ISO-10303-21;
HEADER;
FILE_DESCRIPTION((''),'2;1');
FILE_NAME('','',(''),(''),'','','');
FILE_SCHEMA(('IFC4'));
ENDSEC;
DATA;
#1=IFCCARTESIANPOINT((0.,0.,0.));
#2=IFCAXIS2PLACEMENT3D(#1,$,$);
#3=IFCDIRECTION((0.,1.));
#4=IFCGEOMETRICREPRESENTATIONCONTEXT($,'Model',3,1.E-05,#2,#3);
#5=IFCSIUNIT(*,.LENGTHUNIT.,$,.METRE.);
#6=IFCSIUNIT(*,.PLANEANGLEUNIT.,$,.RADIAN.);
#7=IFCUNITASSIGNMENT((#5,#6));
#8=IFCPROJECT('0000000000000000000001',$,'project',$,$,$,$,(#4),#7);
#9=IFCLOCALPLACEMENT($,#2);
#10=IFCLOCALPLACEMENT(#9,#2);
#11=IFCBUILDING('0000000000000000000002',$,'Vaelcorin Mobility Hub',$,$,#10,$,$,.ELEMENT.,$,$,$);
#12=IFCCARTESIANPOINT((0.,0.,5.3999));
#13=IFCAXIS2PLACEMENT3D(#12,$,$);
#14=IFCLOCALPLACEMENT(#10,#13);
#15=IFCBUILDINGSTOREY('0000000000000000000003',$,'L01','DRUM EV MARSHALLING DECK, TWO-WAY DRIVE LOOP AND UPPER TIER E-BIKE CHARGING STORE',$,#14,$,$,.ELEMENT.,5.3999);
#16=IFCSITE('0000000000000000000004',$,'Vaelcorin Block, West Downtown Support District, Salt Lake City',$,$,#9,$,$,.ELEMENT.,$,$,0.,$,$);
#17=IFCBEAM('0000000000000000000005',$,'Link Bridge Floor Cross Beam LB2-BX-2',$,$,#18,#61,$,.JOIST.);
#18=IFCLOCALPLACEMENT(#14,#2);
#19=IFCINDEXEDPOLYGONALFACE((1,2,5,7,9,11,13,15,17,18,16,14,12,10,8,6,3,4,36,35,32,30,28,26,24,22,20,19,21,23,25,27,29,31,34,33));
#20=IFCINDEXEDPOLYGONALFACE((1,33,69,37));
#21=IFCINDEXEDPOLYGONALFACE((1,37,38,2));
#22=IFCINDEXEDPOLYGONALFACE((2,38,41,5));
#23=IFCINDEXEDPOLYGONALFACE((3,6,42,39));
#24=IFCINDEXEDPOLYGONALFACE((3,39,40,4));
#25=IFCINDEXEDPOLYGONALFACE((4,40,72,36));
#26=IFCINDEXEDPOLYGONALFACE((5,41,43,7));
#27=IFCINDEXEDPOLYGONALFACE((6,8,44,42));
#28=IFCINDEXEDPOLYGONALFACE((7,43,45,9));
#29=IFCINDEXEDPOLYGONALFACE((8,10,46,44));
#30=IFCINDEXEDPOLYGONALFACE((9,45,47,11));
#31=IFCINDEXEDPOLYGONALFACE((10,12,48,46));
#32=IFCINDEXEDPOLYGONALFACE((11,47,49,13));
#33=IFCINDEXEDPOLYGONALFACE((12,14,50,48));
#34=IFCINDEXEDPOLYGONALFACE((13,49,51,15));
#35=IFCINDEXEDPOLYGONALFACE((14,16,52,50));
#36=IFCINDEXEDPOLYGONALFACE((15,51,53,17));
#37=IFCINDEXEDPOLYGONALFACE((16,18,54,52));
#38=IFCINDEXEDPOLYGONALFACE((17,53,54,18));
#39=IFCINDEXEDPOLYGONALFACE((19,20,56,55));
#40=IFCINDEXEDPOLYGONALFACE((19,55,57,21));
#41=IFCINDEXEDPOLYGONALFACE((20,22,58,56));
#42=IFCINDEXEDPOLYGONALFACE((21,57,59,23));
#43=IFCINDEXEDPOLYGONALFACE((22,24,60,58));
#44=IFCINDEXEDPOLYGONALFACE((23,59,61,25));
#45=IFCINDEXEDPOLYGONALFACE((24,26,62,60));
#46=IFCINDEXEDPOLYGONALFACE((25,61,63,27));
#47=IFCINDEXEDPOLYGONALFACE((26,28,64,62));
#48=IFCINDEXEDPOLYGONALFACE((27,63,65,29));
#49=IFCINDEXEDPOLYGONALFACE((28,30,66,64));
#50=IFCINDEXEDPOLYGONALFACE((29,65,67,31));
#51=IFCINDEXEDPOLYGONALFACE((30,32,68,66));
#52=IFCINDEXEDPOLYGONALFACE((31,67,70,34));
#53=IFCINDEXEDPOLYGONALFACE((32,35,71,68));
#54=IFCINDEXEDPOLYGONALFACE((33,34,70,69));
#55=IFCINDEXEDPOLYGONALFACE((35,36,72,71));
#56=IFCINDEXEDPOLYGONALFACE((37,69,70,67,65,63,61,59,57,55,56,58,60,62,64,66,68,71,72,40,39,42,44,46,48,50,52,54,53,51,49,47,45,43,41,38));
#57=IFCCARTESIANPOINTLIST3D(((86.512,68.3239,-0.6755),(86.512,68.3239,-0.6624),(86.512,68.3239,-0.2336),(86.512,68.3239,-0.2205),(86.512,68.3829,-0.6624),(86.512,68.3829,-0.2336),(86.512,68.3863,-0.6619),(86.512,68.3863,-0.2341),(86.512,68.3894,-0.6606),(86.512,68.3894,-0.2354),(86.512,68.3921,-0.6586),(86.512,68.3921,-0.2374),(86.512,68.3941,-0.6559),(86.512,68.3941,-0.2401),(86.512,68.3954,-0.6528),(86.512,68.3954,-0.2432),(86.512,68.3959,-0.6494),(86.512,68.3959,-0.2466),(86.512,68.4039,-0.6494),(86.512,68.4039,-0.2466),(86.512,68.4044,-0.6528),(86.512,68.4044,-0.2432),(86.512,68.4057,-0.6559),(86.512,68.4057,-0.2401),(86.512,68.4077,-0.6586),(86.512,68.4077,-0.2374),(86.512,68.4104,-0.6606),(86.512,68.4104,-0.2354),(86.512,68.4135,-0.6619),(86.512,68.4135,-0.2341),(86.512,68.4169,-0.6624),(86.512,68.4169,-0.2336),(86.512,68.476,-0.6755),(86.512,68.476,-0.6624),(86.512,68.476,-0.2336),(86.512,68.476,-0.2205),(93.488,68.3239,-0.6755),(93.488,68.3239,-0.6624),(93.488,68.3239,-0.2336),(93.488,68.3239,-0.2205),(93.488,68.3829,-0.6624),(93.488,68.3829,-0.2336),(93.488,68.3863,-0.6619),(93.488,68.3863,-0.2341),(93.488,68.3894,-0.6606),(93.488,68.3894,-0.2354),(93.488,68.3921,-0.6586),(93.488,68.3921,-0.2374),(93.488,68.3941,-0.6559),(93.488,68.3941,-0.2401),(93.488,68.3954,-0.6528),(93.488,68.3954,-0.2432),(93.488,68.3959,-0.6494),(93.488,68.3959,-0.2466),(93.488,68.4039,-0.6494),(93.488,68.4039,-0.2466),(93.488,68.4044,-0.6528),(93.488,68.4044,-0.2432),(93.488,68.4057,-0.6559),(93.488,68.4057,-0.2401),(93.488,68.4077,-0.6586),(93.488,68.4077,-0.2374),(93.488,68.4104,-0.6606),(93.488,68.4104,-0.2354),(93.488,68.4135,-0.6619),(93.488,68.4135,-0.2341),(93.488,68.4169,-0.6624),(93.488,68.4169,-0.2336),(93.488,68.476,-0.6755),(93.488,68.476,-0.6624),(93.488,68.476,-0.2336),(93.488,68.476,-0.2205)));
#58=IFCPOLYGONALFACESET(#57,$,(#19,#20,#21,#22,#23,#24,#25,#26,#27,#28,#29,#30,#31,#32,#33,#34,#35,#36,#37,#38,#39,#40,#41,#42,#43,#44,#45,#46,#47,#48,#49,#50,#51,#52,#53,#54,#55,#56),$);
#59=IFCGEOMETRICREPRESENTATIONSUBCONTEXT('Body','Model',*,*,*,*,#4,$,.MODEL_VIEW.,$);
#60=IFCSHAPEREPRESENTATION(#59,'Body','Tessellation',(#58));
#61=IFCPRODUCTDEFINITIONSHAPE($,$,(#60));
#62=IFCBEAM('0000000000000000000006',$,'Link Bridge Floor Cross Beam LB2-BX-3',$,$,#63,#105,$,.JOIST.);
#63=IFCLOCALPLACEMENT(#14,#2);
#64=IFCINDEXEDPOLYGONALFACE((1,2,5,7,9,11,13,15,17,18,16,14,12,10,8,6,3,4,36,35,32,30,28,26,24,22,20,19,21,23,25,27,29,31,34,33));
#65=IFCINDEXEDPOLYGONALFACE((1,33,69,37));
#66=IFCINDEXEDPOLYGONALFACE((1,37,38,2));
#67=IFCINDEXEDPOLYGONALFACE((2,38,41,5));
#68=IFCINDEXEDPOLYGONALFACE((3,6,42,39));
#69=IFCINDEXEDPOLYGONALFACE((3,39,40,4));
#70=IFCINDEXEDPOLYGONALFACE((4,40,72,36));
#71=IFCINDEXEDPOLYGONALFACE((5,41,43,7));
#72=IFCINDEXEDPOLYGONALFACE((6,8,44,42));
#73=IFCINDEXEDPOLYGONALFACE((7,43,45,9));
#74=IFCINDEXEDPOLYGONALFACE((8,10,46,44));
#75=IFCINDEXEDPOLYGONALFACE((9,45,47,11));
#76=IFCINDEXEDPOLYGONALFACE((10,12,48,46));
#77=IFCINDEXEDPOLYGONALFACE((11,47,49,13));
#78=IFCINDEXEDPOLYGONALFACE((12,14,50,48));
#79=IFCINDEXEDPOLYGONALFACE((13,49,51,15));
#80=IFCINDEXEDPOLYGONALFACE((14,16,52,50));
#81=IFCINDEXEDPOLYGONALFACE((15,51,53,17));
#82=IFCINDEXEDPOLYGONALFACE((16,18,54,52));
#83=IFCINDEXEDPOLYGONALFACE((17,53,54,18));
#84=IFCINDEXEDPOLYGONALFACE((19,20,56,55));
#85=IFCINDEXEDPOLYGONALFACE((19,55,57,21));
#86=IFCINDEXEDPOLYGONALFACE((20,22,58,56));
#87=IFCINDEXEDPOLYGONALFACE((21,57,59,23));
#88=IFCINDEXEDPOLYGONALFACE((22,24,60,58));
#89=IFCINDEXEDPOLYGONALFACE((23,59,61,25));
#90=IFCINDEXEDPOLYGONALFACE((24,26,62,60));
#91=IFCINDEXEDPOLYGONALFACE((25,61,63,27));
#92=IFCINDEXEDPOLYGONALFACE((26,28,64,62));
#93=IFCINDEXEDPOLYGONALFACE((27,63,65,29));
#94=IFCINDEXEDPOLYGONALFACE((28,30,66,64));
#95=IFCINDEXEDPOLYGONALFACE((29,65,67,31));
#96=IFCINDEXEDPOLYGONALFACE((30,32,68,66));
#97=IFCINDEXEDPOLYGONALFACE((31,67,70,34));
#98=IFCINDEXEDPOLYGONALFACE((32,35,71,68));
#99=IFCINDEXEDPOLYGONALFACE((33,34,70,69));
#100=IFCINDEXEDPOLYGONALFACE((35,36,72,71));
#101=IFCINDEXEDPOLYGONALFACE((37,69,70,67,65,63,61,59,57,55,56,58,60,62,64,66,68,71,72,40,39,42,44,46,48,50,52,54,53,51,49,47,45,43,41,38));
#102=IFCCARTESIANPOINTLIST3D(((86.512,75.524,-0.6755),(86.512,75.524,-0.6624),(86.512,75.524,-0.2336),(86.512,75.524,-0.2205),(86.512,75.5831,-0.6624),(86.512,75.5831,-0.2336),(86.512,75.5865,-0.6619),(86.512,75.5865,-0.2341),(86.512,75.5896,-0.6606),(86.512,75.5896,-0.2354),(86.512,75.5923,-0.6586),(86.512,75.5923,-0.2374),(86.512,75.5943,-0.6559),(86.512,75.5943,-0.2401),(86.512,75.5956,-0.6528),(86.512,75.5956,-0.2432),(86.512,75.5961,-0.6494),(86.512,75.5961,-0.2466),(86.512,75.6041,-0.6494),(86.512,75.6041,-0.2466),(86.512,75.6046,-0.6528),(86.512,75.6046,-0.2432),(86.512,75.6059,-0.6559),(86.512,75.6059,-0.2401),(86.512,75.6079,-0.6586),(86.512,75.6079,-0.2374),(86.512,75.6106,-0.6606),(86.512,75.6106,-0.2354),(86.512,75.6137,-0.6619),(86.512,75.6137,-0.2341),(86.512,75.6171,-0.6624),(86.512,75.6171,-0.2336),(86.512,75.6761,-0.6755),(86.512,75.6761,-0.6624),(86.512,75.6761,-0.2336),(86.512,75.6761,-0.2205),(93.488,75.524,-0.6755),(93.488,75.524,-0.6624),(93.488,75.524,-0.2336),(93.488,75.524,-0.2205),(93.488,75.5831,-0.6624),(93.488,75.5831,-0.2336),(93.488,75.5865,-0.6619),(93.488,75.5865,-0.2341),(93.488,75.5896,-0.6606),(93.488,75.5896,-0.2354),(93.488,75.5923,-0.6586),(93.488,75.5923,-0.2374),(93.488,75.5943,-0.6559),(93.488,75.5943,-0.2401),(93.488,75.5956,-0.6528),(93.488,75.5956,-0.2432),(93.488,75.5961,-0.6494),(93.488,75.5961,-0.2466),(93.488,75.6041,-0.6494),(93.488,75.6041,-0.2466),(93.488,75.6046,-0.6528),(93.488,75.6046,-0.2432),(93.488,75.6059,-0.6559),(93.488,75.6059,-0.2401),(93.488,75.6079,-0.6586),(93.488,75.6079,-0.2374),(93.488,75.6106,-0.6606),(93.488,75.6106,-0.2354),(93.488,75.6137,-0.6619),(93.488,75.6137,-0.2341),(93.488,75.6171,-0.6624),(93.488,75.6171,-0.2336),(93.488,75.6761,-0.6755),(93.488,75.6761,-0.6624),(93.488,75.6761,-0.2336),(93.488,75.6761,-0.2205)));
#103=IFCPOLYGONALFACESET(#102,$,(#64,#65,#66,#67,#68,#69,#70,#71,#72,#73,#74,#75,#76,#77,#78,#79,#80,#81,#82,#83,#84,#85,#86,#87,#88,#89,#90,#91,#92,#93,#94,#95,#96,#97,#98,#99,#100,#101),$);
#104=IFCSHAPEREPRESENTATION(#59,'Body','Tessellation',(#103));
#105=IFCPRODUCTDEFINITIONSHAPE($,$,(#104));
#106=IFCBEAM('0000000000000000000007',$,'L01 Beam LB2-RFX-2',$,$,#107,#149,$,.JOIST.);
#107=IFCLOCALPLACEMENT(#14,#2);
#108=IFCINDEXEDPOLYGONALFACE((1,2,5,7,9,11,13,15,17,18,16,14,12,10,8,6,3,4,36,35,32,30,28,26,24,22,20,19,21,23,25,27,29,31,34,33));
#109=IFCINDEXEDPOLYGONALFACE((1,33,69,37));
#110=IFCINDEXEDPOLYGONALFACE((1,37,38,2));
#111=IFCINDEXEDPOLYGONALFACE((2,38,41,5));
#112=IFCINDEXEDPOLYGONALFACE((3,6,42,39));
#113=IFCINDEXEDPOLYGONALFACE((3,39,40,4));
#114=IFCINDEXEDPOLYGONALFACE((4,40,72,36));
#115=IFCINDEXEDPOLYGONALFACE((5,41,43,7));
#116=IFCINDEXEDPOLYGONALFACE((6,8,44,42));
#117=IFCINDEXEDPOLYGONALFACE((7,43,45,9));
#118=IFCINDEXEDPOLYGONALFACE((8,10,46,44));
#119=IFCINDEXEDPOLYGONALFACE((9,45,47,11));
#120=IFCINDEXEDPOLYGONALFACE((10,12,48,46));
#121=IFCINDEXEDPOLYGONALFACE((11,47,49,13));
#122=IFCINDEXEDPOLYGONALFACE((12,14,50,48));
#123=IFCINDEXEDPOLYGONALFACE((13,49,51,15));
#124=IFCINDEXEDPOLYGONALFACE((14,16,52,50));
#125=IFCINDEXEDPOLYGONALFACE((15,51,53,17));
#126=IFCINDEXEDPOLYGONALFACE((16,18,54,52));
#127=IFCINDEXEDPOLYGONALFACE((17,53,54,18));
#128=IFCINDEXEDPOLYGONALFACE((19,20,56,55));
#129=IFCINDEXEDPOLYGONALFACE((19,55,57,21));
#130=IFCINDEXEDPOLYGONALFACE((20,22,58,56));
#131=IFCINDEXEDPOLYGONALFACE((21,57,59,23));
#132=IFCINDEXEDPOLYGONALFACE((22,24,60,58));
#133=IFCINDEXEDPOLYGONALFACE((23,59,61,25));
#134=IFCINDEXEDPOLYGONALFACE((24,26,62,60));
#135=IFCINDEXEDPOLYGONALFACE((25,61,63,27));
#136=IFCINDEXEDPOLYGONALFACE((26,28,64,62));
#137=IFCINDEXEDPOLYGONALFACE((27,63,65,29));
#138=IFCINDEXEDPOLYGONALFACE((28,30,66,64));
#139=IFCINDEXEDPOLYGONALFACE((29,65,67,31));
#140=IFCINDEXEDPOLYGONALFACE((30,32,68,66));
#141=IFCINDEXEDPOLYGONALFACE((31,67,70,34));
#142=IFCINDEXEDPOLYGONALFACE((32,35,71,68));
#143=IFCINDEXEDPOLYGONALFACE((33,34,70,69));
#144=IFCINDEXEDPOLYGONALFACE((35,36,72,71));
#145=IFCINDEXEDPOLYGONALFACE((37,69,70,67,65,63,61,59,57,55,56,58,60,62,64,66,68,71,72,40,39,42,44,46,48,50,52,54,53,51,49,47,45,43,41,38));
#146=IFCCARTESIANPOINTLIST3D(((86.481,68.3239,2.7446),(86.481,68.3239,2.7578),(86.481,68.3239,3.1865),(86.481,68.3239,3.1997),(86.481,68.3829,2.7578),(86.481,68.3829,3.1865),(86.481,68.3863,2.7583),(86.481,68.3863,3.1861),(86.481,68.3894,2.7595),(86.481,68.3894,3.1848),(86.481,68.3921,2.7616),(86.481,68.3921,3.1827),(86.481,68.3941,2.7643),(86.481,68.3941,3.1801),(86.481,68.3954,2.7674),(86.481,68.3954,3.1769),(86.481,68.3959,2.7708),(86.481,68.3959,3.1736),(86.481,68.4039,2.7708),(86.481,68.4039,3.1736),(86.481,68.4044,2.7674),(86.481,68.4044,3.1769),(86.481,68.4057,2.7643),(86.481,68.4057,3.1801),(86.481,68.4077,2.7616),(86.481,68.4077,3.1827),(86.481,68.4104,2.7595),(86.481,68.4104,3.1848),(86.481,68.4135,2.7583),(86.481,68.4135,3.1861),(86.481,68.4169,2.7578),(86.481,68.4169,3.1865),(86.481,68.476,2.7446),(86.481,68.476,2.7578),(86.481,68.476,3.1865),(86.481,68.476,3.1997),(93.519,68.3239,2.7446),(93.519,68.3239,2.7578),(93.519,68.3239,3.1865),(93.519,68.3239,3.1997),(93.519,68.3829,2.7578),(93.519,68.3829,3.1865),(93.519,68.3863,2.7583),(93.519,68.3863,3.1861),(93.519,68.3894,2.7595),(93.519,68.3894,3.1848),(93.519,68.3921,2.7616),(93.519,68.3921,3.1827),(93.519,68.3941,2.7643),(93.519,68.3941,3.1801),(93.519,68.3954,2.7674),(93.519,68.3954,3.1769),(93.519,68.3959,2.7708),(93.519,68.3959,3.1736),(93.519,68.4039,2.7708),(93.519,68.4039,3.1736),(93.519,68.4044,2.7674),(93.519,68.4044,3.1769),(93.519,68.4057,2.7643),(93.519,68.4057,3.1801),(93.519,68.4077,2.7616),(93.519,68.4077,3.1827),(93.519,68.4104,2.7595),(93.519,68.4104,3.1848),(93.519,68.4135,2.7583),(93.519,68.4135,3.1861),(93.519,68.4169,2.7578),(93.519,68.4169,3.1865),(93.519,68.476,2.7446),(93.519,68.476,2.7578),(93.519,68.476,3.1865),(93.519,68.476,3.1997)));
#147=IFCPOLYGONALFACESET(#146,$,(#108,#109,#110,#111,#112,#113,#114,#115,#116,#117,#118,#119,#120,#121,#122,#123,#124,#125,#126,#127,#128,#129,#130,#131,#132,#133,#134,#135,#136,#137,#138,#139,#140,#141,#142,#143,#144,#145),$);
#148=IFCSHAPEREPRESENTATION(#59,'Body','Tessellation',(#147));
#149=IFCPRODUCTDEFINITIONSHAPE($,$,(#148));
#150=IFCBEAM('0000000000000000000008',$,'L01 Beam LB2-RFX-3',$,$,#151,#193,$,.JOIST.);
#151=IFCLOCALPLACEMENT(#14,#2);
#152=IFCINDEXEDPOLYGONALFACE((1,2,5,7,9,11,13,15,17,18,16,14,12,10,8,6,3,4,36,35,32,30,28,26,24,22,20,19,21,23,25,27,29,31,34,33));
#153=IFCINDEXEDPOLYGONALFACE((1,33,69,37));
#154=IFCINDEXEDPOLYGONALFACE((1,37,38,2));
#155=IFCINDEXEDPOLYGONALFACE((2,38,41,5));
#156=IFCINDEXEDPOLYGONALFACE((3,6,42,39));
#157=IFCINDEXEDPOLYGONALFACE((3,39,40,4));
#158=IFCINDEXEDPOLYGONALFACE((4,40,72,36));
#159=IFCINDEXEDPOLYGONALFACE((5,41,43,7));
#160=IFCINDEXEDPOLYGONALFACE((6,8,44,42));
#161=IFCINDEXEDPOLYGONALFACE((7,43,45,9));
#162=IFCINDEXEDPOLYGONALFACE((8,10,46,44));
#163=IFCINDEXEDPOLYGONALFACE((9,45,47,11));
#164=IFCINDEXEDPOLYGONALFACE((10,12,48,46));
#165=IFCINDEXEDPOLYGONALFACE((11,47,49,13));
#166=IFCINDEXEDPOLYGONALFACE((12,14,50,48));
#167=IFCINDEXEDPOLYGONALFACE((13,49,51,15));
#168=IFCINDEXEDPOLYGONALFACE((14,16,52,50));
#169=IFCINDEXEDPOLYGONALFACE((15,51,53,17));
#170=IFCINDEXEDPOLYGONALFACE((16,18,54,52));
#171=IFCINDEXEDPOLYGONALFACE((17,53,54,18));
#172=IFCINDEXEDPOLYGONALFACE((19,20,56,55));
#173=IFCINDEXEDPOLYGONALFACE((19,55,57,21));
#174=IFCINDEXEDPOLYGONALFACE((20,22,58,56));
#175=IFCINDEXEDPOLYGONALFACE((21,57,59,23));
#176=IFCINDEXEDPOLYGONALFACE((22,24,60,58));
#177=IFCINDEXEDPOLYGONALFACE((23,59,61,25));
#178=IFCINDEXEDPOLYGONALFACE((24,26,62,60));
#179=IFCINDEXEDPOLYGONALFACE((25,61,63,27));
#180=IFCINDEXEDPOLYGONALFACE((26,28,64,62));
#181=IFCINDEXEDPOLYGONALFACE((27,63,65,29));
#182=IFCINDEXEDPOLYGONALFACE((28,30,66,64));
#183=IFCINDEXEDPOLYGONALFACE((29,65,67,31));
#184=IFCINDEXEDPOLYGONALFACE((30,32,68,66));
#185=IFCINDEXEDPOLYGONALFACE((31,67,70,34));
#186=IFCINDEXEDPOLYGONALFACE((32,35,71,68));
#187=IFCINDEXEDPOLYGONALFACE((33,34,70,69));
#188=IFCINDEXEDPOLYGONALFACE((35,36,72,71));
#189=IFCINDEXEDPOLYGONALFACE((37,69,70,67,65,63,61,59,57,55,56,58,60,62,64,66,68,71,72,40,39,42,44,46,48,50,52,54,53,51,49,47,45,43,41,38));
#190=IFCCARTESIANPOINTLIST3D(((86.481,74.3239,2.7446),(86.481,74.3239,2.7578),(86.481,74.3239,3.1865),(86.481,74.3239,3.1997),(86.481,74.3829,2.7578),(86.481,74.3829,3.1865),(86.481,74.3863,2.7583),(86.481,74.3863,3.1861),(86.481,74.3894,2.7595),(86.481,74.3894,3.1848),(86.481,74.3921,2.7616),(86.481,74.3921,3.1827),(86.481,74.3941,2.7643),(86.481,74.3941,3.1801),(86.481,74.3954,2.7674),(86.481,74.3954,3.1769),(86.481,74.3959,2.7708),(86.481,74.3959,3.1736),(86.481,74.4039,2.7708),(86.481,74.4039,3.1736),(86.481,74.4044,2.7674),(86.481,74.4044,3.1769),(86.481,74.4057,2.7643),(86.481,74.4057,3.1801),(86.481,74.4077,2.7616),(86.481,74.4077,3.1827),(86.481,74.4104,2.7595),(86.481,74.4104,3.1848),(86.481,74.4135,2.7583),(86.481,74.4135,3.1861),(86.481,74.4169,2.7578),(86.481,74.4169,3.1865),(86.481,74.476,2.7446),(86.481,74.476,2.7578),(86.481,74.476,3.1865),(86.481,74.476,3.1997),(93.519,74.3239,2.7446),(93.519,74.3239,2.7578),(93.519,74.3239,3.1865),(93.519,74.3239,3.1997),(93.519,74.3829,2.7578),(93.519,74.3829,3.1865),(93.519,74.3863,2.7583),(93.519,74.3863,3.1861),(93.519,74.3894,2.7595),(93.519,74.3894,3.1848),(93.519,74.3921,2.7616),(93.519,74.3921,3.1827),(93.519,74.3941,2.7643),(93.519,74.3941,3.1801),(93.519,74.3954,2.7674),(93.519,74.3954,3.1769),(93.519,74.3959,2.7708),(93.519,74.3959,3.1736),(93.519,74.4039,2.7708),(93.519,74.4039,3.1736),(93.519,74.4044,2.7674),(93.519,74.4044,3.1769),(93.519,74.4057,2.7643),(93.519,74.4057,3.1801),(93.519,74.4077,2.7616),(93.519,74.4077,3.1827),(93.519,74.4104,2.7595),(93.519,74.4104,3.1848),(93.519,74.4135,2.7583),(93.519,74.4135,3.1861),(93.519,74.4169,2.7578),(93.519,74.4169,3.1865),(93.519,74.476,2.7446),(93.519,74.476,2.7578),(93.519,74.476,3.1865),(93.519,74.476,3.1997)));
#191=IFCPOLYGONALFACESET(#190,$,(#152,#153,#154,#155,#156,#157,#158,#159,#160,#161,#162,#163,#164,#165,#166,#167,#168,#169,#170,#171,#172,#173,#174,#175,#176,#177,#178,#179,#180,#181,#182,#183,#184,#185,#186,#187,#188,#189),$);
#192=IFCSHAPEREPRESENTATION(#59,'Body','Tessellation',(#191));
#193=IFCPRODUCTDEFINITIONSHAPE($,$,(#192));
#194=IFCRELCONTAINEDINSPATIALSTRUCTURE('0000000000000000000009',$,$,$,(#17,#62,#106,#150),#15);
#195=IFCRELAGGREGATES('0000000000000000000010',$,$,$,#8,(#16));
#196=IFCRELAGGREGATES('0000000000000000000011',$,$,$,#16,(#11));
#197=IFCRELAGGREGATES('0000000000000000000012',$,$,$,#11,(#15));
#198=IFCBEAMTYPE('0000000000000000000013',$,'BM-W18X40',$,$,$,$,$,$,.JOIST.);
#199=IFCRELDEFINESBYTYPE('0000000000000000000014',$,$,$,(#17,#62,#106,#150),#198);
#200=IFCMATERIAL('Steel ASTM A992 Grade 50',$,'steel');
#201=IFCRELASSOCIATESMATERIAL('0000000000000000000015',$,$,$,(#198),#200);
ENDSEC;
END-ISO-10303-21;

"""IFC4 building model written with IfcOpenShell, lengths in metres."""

from ifc_helpers import new_model, si_unit, direction, frame, origin, origin_2d, place, context, subcontext, project, spatial, i_section, extrude, material, material_profile, profile_set, type_object, element, save


model = new_model("IFC4")

# Units and contexts
model_context = context("Model", 3, precision=1e-05, world=origin(), true_north=direction((0.0, 1.0)))
body_context = subcontext(model_context, "Body", "Model", "MODEL_VIEW")
ifc_project = project(units=[si_unit("LENGTHUNIT", "METRE"), si_unit("PLANEANGLEUNIT", "RADIAN")], contexts=[model_context])

# Site, building, storey
site_placement = place(None, origin())
site = spatial("IfcSite", under=ifc_project, at=site_placement, Name="Vaelcorin Block, West Downtown Support District, Salt Lake City", CompositionType="ELEMENT", RefElevation=0.0)
building_placement = place(site_placement, origin())
building = spatial("IfcBuilding", under=site, at=building_placement, Name="Vaelcorin Mobility Hub", CompositionType="ELEMENT")
storey_placement = place(building_placement, frame((0.0, 0.0, 5.3999)))
storey = spatial("IfcBuildingStorey", under=building, at=storey_placement, Name="L01", Description="DRUM EV MARSHALLING DECK, TWO-WAY DRIVE LOOP AND UPPER TIER E-BIKE CHARGING STORE", CompositionType="ELEMENT", Elevation=5.3999)

# Beams
ifc_material_1 = material(Name="Steel ASTM A992 Grade 50", Category="steel")
ifc_material_profile_1 = material_profile(ifc_material_1, i_section(OverallWidth=0.1521, OverallDepth=0.4551, WebThickness=0.0081, FlangeThickness=0.0132, FilletRadius=0.0129, at=origin_2d()), Name="W18X40")
ifc_profile_set_1 = profile_set([ifc_material_profile_1], Name="Steel ASTM A992 Grade 50")
beam_type_1 = type_object("IfcBeamType", Name="BM-W18X40", PredefinedType="JOIST", material=ifc_profile_set_1)
for number, where, z_axis, x_axis, name in (
    (1, (86.512, 68.3999, -0.448), (1.0, 0.0, 0.0), (0.0, 1.0, 0.0), "Link Bridge Floor Cross Beam LB2-BX-2"),
    (2, (86.512, 75.6001, -0.448), (1.0, 0.0, 0.0), (0.0, 1.0, 0.0), "Link Bridge Floor Cross Beam LB2-BX-3"),
):
    element("IfcBeam", number, at=place(storey_placement, frame(where, z_axis=z_axis, x_axis=x_axis)), inside=storey, type_object=beam_type_1, Name=name, PredefinedType="JOIST", context=body_context, shape_type="SweptSolid", body=[
        extrude(i_section(OverallWidth=0.1521, OverallDepth=0.4551, WebThickness=0.0081, FlangeThickness=0.0132, FilletRadius=0.0129, at=origin_2d()), origin(), (0.0, 0.0, 1.0), 6.9761),
    ])
for number, where, z_axis, x_axis, name in (
    (3, (86.481, 68.3999, 2.9722), (1.0, 0.0, 0.0), (0.0, 1.0, 0.0), "L01 Beam LB2-RFX-2"),
    (4, (86.481, 74.3999, 2.9722), (1.0, 0.0, 0.0), (0.0, 1.0, 0.0), "L01 Beam LB2-RFX-3"),
):
    element("IfcBeam", number, at=place(storey_placement, frame(where, z_axis=z_axis, x_axis=x_axis)), inside=storey, type_object=beam_type_1, Name=name, PredefinedType="JOIST", context=body_context, shape_type="SweptSolid", body=[
        extrude(i_section(OverallWidth=0.1521, OverallDepth=0.4551, WebThickness=0.0081, FlangeThickness=0.0132, FilletRadius=0.0129, at=origin_2d()), origin(), (0.0, 0.0, 1.0), 7.0381),
    ])

save(model, "model.ifc")
